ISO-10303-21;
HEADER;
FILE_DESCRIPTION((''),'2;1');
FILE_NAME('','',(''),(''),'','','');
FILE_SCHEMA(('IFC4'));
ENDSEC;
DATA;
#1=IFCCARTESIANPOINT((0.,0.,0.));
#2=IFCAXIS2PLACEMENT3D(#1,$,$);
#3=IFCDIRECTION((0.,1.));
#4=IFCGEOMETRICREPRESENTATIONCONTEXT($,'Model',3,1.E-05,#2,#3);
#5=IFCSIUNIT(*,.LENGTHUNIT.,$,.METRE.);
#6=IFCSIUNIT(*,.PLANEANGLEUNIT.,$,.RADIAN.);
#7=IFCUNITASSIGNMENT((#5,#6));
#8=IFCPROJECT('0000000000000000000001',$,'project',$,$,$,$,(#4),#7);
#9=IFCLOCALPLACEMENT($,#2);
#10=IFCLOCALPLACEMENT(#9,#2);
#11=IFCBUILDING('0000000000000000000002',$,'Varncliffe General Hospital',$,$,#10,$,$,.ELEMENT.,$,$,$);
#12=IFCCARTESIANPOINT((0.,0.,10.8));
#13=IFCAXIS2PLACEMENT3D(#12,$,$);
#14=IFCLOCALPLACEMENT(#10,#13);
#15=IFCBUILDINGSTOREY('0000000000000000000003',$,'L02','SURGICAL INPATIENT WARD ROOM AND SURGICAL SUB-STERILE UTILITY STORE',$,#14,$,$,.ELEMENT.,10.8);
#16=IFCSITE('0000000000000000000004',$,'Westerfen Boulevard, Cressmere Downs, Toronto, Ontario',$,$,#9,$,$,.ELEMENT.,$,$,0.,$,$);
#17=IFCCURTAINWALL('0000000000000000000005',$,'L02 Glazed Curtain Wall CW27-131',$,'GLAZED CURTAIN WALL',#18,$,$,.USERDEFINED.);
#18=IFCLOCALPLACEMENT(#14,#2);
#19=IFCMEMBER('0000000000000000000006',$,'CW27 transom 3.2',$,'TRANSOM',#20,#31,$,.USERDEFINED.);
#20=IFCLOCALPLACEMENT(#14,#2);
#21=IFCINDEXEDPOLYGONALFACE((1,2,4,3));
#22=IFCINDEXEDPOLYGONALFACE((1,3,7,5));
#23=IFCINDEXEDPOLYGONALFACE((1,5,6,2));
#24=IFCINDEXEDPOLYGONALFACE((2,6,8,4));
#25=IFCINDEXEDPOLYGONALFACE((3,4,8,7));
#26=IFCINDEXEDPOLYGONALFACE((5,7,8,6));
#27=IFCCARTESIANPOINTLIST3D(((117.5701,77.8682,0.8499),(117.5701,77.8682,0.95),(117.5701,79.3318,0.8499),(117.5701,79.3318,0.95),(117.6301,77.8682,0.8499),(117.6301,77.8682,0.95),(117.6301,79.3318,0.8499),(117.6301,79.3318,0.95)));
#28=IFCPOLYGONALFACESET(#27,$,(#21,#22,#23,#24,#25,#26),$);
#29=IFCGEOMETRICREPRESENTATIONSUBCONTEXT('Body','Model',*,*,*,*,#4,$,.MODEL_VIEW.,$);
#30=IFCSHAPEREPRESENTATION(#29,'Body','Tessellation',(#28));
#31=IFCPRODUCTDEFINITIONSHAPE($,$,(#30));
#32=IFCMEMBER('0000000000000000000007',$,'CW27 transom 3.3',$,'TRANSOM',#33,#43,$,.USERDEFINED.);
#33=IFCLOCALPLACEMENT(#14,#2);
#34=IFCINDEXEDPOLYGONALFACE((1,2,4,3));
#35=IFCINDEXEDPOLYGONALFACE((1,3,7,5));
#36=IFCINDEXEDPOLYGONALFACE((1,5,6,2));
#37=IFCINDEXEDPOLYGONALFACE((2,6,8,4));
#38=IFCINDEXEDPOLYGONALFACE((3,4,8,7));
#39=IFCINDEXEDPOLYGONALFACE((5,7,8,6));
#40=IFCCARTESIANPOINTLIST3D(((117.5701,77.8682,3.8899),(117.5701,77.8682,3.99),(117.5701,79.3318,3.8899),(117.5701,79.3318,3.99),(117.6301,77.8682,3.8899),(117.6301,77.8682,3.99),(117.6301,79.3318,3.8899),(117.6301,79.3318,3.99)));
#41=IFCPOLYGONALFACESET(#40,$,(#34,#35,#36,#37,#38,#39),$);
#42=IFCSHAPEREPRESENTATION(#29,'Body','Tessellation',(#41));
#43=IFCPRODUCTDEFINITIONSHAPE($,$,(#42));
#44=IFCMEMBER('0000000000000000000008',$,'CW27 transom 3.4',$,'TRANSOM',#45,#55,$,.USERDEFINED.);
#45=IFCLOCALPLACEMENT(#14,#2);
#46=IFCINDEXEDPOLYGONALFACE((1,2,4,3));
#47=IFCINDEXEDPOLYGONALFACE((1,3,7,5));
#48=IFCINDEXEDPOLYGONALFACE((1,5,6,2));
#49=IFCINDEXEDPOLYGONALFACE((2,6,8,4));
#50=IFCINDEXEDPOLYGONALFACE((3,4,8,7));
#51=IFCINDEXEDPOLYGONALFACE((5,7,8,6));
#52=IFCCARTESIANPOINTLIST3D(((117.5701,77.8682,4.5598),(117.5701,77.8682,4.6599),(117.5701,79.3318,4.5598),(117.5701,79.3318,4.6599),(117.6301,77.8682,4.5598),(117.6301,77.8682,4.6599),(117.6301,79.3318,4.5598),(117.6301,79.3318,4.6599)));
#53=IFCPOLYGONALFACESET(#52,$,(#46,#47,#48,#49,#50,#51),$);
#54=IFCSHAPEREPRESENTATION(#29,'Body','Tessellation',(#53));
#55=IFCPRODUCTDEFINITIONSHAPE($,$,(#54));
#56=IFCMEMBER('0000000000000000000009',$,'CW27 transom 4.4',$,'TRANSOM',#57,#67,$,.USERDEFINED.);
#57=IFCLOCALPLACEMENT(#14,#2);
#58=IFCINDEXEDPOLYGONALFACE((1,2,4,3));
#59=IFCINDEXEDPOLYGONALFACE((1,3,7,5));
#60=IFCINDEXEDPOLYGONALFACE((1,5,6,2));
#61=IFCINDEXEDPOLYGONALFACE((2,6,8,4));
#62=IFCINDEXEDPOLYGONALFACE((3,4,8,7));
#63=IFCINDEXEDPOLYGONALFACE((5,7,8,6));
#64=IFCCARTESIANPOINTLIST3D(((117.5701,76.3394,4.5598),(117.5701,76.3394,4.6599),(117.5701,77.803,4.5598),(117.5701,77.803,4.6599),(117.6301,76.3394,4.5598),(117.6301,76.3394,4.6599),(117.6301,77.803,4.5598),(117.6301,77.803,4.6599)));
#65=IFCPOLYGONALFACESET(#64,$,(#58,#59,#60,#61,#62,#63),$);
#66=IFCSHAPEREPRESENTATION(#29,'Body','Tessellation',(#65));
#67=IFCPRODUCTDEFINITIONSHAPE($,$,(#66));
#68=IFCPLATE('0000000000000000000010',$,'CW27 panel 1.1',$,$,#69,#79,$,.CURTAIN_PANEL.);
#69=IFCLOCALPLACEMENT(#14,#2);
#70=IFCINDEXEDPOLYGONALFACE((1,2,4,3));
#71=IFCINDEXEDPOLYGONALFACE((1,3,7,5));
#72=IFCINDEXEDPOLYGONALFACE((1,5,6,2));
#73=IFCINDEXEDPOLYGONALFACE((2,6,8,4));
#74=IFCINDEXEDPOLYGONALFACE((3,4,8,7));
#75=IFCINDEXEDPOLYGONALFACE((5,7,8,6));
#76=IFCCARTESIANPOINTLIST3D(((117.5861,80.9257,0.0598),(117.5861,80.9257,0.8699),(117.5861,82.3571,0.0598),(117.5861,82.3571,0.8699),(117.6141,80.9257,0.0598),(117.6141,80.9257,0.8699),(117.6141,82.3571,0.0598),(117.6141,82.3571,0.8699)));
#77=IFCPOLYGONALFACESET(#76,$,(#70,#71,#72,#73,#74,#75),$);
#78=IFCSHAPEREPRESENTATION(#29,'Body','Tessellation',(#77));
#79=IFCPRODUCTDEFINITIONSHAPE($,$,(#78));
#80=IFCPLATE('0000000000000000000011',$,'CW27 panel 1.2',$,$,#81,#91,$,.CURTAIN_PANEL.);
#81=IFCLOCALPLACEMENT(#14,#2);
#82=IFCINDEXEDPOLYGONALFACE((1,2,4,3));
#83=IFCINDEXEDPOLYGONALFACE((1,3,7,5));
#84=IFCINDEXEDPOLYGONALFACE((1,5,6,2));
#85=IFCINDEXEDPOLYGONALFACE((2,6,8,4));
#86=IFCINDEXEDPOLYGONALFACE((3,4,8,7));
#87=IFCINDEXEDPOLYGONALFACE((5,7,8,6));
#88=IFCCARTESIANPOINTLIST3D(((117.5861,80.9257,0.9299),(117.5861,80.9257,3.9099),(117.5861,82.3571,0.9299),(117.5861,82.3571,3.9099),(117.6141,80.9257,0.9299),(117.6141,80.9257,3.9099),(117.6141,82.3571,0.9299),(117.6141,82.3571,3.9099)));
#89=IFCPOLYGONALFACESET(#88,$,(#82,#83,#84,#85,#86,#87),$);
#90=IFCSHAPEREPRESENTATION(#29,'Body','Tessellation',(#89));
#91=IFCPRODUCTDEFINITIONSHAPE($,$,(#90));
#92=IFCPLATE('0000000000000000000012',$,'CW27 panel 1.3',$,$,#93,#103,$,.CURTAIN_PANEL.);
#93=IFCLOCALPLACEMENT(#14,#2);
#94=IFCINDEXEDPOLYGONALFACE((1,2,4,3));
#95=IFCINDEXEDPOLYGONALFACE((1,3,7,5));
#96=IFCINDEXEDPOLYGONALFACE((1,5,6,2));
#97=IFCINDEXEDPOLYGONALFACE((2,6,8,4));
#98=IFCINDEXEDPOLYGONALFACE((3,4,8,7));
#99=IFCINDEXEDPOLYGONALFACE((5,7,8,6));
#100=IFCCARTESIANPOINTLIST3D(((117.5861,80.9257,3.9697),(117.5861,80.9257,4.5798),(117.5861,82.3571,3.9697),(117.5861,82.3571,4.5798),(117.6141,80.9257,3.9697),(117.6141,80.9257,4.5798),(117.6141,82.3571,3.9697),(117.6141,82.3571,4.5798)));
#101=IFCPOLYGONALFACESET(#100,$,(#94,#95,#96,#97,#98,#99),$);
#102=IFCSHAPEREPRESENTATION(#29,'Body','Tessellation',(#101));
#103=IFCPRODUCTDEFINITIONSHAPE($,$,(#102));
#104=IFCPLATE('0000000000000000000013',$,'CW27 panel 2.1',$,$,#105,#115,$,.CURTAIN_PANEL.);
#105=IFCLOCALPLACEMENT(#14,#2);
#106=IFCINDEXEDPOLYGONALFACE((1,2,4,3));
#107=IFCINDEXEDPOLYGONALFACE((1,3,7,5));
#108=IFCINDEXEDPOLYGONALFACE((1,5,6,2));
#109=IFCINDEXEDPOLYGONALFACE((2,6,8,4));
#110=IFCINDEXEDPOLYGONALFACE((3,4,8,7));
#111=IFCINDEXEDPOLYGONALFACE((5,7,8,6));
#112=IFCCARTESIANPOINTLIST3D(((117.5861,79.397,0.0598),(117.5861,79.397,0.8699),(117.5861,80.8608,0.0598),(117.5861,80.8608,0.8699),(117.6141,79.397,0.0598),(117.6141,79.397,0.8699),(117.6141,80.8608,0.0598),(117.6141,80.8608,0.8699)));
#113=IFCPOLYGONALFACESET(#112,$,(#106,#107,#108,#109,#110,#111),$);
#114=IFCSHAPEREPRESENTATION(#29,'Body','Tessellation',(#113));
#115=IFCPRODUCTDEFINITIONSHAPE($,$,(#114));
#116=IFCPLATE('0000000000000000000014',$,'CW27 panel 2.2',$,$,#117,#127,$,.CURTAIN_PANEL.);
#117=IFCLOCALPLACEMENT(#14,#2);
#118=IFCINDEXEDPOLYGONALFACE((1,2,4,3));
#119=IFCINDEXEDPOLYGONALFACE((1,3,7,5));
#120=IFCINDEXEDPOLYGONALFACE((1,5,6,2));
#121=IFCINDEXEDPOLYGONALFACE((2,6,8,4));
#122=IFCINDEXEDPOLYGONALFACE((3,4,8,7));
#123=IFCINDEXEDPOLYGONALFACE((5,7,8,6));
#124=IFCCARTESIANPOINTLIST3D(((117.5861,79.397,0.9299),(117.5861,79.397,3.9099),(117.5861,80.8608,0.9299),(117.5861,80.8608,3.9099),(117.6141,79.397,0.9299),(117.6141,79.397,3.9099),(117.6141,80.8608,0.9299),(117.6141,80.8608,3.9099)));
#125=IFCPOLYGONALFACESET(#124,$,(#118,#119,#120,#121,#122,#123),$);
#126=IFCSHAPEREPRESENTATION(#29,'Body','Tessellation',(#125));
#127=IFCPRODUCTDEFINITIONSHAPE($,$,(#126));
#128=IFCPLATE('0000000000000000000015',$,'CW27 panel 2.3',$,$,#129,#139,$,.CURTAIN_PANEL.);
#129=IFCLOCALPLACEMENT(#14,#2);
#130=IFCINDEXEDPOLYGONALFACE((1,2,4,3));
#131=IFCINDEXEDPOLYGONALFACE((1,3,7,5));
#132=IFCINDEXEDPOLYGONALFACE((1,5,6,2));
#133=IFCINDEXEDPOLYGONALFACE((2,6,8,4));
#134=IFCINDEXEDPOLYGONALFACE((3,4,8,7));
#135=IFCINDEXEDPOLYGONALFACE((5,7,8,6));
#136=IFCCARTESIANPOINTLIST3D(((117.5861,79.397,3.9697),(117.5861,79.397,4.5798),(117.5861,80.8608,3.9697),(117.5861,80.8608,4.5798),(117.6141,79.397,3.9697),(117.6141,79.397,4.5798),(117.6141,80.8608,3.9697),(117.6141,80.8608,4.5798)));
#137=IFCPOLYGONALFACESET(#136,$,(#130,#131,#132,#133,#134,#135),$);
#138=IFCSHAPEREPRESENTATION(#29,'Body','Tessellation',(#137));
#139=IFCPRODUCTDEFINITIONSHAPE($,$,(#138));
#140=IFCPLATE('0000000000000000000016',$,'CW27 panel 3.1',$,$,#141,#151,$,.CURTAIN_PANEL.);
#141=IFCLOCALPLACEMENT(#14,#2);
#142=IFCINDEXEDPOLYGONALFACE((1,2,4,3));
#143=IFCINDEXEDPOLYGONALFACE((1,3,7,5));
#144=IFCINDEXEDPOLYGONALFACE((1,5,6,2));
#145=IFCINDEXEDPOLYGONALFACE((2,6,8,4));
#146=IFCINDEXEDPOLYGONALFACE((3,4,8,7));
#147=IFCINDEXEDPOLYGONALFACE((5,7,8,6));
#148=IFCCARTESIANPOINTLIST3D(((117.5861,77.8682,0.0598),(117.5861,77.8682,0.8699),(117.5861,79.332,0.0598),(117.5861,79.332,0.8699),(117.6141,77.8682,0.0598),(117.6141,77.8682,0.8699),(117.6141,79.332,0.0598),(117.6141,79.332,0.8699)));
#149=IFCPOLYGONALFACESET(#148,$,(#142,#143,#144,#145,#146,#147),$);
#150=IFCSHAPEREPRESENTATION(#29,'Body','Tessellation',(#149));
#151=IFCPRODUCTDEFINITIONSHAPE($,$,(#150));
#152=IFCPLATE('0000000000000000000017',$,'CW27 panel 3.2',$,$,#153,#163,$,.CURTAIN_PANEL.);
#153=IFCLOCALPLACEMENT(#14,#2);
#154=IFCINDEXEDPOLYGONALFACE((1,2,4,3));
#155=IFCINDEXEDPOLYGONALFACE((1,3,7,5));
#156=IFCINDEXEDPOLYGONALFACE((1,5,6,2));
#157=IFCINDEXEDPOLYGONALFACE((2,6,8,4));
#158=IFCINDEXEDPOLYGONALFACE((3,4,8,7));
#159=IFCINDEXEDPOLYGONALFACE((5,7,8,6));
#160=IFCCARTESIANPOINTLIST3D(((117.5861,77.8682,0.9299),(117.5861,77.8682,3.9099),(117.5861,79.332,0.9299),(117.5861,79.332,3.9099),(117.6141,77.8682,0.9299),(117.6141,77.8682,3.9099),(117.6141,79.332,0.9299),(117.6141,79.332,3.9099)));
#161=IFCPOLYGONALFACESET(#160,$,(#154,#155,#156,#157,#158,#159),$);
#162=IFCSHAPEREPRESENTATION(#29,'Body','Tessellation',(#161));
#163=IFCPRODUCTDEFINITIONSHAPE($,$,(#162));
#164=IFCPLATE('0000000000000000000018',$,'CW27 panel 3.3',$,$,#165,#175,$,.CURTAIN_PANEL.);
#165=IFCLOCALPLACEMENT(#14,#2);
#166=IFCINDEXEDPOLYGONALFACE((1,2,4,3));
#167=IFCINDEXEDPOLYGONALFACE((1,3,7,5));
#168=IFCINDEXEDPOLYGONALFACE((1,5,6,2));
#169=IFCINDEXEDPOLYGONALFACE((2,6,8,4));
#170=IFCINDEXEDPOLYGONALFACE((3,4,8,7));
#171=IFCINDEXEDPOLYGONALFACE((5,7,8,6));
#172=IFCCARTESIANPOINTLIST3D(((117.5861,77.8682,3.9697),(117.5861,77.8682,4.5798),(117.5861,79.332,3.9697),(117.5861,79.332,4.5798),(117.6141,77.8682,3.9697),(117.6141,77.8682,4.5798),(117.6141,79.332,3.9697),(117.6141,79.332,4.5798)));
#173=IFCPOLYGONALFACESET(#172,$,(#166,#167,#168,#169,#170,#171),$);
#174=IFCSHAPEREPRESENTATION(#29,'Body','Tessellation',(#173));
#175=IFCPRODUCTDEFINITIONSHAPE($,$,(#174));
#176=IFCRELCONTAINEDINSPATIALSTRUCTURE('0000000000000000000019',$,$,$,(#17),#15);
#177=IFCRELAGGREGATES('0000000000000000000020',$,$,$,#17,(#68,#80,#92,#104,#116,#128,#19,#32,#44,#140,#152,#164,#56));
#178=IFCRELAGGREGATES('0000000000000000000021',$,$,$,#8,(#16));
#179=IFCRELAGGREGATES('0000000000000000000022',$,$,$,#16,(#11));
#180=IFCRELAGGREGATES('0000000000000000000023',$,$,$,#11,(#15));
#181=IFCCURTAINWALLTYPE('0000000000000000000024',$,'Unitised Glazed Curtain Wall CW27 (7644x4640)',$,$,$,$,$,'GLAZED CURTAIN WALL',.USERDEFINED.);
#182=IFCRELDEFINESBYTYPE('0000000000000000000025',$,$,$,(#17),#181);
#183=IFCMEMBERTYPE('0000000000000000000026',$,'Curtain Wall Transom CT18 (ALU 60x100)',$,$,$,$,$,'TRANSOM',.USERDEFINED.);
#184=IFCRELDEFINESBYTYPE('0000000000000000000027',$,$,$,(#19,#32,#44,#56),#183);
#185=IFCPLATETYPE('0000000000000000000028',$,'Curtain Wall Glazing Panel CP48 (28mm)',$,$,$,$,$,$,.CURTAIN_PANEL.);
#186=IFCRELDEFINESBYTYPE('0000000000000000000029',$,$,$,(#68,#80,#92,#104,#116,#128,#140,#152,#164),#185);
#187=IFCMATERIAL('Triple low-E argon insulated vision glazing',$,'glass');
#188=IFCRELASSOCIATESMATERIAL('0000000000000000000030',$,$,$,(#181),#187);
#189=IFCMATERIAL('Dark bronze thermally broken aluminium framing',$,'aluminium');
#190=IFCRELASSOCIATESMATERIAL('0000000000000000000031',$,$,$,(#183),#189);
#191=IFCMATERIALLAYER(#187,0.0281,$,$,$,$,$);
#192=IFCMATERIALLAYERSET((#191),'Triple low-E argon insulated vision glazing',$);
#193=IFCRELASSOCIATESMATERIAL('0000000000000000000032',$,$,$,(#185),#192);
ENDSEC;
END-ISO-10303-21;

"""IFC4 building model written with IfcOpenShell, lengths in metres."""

from ifc_helpers import new_model, si_unit, direction, frame, origin, origin_2d, place, context, subcontext, project, spatial, rectangle, extrude, material, layer, layer_set, material_profile, profile_set, type_object, element, aggregate, save


model = new_model("IFC4")

# Units and contexts
model_context = context("Model", 3, precision=1e-05, world=origin(), true_north=direction((0.0, 1.0)))
body_context = subcontext(model_context, "Body", "Model", "MODEL_VIEW")
ifc_project = project(units=[si_unit("LENGTHUNIT", "METRE"), si_unit("PLANEANGLEUNIT", "RADIAN")], contexts=[model_context])

# Site, building, storey
site_placement = place(None, origin())
site = spatial("IfcSite", under=ifc_project, at=site_placement, Name="Westerfen Boulevard, Cressmere Downs, Toronto, Ontario", CompositionType="ELEMENT", RefElevation=0.0)
building_placement = place(site_placement, origin())
building = spatial("IfcBuilding", under=site, at=building_placement, Name="Varncliffe General Hospital", CompositionType="ELEMENT")
storey_placement = place(building_placement, frame((0.0, 0.0, 10.8)))
storey = spatial("IfcBuildingStorey", under=building, at=storey_placement, Name="L02", Description="SURGICAL INPATIENT WARD ROOM AND SURGICAL SUB-STERILE UTILITY STORE", CompositionType="ELEMENT", Elevation=10.8)

# Curtain wall, members, plates
ifc_material_1 = material(Name="Triple low-E argon insulated vision glazing", Category="glass")
curtain_wall_type = type_object("IfcCurtainWallType", Name="Unitised Glazed Curtain Wall CW27 (7644x4640)", ElementType="GLAZED CURTAIN WALL", PredefinedType="USERDEFINED", material=ifc_material_1)
curtain_wall_placement = place(storey_placement, origin())
curtain_wall = element("IfcCurtainWall", 1, at=curtain_wall_placement, inside=storey, type_object=curtain_wall_type, Name="L02 Glazed Curtain Wall CW27-131", ObjectType="GLAZED CURTAIN WALL", PredefinedType="USERDEFINED")
ifc_material_2 = material(Name="Dark bronze thermally broken aluminium framing", Category="aluminium")
ifc_material_profile_1 = material_profile(ifc_material_2, rectangle(XDim=0.0601, YDim=0.1001, at=origin_2d()), Name="ALU 60x100")
ifc_profile_set_1 = profile_set([ifc_material_profile_1], Name="Dark bronze thermally broken aluminium framing")
member_type_1 = type_object("IfcMemberType", Name="Curtain Wall Transom CT18 (ALU 60x100)", ElementType="TRANSOM", PredefinedType="USERDEFINED", material=ifc_profile_set_1)
member_1_placement = place(storey_placement, frame((117.6001, 79.3318, 0.8999), z_axis=(0.0, -1.0, 0.0), x_axis=(1.0, 0.0, 0.0)))
member_1 = element("IfcMember", 2, at=member_1_placement, type_object=member_type_1, Name="CW27 transom 3.2", ObjectType="TRANSOM", PredefinedType="USERDEFINED", context=body_context, shape_type="SweptSolid", body=[
    extrude(rectangle(XDim=0.0601, YDim=0.1001, at=origin_2d()), origin(), (0.0, 0.0, 1.0), 1.4636),
])
member_2_placement = place(storey_placement, frame((117.6001, 79.3318, 3.9399), z_axis=(0.0, -1.0, 0.0), x_axis=(1.0, 0.0, 0.0)))
member_2 = element("IfcMember", 3, at=member_2_placement, type_object=member_type_1, Name="CW27 transom 3.3", ObjectType="TRANSOM", PredefinedType="USERDEFINED", context=body_context, shape_type="SweptSolid", body=[
    extrude(rectangle(XDim=0.0601, YDim=0.1001, at=origin_2d()), origin(), (0.0, 0.0, 1.0), 1.4636),
])
member_3_placement = place(storey_placement, frame((117.6001, 79.3318, 4.6099), z_axis=(0.0, -1.0, 0.0), x_axis=(1.0, 0.0, 0.0)))
member_3 = element("IfcMember", 4, at=member_3_placement, type_object=member_type_1, Name="CW27 transom 3.4", ObjectType="TRANSOM", PredefinedType="USERDEFINED", context=body_context, shape_type="SweptSolid", body=[
    extrude(rectangle(XDim=0.0601, YDim=0.1001, at=origin_2d()), origin(), (0.0, 0.0, 1.0), 1.4636),
])
member_4_placement = place(storey_placement, frame((117.6001, 77.803, 4.6099), z_axis=(0.0, -1.0, 0.0), x_axis=(1.0, 0.0, 0.0)))
member_4 = element("IfcMember", 5, at=member_4_placement, type_object=member_type_1, Name="CW27 transom 4.4", ObjectType="TRANSOM", PredefinedType="USERDEFINED", context=body_context, shape_type="SweptSolid", body=[
    extrude(rectangle(XDim=0.0601, YDim=0.1001, at=origin_2d()), origin(), (0.0, 0.0, 1.0), 1.4636),
])
ifc_layer = layer(ifc_material_1, 0.0281)
ifc_layer_set = layer_set([ifc_layer], Name="Triple low-E argon insulated vision glazing")
plate_type = type_object("IfcPlateType", Name="Curtain Wall Glazing Panel CP48 (28mm)", PredefinedType="CURTAIN_PANEL", material=ifc_layer_set)
plate_1_placement = place(storey_placement, frame((117.6001, 81.6414, 0.0598), z_axis=(0.0, 0.0, 1.0), x_axis=(0.0, -1.0, 0.0)))
plate_1 = element("IfcPlate", 6, at=plate_1_placement, type_object=plate_type, Name="CW27 panel 1.1", PredefinedType="CURTAIN_PANEL", context=body_context, shape_type="SweptSolid", body=[
    extrude(rectangle(XDim=1.4314, YDim=0.0281, at=origin_2d()), origin(), (0.0, 0.0, 1.0), 0.8101),
])
plate_2_placement = place(storey_placement, frame((117.6001, 81.6414, 0.9299), z_axis=(0.0, 0.0, 1.0), x_axis=(0.0, -1.0, 0.0)))
plate_2 = element("IfcPlate", 7, at=plate_2_placement, type_object=plate_type, Name="CW27 panel 1.2", PredefinedType="CURTAIN_PANEL", context=body_context, shape_type="SweptSolid", body=[
    extrude(rectangle(XDim=1.4314, YDim=0.0281, at=origin_2d()), origin(), (0.0, 0.0, 1.0), 2.98),
])
plate_3_placement = place(storey_placement, frame((117.6001, 81.6414, 3.9697), z_axis=(0.0, 0.0, 1.0), x_axis=(0.0, -1.0, 0.0)))
plate_3 = element("IfcPlate", 8, at=plate_3_placement, type_object=plate_type, Name="CW27 panel 1.3", PredefinedType="CURTAIN_PANEL", context=body_context, shape_type="SweptSolid", body=[
    extrude(rectangle(XDim=1.4314, YDim=0.0281, at=origin_2d()), origin(), (0.0, 0.0, 1.0), 0.6101),
])
plate_4_placement = place(storey_placement, frame((117.6001, 80.1289, 0.0598), z_axis=(0.0, 0.0, 1.0), x_axis=(0.0, -1.0, 0.0)))
plate_4 = element("IfcPlate", 9, at=plate_4_placement, type_object=plate_type, Name="CW27 panel 2.1", PredefinedType="CURTAIN_PANEL", context=body_context, shape_type="SweptSolid", body=[
    extrude(rectangle(XDim=1.4639, YDim=0.0281, at=origin_2d()), origin(), (0.0, 0.0, 1.0), 0.8101),
])
plate_5_placement = place(storey_placement, frame((117.6001, 80.1289, 0.9299), z_axis=(0.0, 0.0, 1.0), x_axis=(0.0, -1.0, 0.0)))
plate_5 = element("IfcPlate", 10, at=plate_5_placement, type_object=plate_type, Name="CW27 panel 2.2", PredefinedType="CURTAIN_PANEL", context=body_context, shape_type="SweptSolid", body=[
    extrude(rectangle(XDim=1.4639, YDim=0.0281, at=origin_2d()), origin(), (0.0, 0.0, 1.0), 2.98),
])
plate_6_placement = place(storey_placement, frame((117.6001, 80.1289, 3.9697), z_axis=(0.0, 0.0, 1.0), x_axis=(0.0, -1.0, 0.0)))
plate_6 = element("IfcPlate", 11, at=plate_6_placement, type_object=plate_type, Name="CW27 panel 2.3", PredefinedType="CURTAIN_PANEL", context=body_context, shape_type="SweptSolid", body=[
    extrude(rectangle(XDim=1.4639, YDim=0.0281, at=origin_2d()), origin(), (0.0, 0.0, 1.0), 0.6101),
])
plate_7_placement = place(storey_placement, frame((117.6001, 78.6001, 0.0598), z_axis=(0.0, 0.0, 1.0), x_axis=(0.0, -1.0, 0.0)))
plate_7 = element("IfcPlate", 12, at=plate_7_placement, type_object=plate_type, Name="CW27 panel 3.1", PredefinedType="CURTAIN_PANEL", context=body_context, shape_type="SweptSolid", body=[
    extrude(rectangle(XDim=1.4639, YDim=0.0281, at=origin_2d()), origin(), (0.0, 0.0, 1.0), 0.8101),
])
plate_8_placement = place(storey_placement, frame((117.6001, 78.6001, 0.9299), z_axis=(0.0, 0.0, 1.0), x_axis=(0.0, -1.0, 0.0)))
plate_8 = element("IfcPlate", 13, at=plate_8_placement, type_object=plate_type, Name="CW27 panel 3.2", PredefinedType="CURTAIN_PANEL", context=body_context, shape_type="SweptSolid", body=[
    extrude(rectangle(XDim=1.4639, YDim=0.0281, at=origin_2d()), origin(), (0.0, 0.0, 1.0), 2.98),
])
plate_9_placement = place(storey_placement, frame((117.6001, 78.6001, 3.9697), z_axis=(0.0, 0.0, 1.0), x_axis=(0.0, -1.0, 0.0)))
plate_9 = element("IfcPlate", 14, at=plate_9_placement, type_object=plate_type, Name="CW27 panel 3.3", PredefinedType="CURTAIN_PANEL", context=body_context, shape_type="SweptSolid", body=[
    extrude(rectangle(XDim=1.4639, YDim=0.0281, at=origin_2d()), origin(), (0.0, 0.0, 1.0), 0.6101),
])
aggregate(curtain_wall, [plate_1, plate_2, plate_3, plate_4, plate_5, plate_6, member_1, member_2, member_3, plate_7, plate_8, plate_9, member_4])

save(model, "model.ifc")
